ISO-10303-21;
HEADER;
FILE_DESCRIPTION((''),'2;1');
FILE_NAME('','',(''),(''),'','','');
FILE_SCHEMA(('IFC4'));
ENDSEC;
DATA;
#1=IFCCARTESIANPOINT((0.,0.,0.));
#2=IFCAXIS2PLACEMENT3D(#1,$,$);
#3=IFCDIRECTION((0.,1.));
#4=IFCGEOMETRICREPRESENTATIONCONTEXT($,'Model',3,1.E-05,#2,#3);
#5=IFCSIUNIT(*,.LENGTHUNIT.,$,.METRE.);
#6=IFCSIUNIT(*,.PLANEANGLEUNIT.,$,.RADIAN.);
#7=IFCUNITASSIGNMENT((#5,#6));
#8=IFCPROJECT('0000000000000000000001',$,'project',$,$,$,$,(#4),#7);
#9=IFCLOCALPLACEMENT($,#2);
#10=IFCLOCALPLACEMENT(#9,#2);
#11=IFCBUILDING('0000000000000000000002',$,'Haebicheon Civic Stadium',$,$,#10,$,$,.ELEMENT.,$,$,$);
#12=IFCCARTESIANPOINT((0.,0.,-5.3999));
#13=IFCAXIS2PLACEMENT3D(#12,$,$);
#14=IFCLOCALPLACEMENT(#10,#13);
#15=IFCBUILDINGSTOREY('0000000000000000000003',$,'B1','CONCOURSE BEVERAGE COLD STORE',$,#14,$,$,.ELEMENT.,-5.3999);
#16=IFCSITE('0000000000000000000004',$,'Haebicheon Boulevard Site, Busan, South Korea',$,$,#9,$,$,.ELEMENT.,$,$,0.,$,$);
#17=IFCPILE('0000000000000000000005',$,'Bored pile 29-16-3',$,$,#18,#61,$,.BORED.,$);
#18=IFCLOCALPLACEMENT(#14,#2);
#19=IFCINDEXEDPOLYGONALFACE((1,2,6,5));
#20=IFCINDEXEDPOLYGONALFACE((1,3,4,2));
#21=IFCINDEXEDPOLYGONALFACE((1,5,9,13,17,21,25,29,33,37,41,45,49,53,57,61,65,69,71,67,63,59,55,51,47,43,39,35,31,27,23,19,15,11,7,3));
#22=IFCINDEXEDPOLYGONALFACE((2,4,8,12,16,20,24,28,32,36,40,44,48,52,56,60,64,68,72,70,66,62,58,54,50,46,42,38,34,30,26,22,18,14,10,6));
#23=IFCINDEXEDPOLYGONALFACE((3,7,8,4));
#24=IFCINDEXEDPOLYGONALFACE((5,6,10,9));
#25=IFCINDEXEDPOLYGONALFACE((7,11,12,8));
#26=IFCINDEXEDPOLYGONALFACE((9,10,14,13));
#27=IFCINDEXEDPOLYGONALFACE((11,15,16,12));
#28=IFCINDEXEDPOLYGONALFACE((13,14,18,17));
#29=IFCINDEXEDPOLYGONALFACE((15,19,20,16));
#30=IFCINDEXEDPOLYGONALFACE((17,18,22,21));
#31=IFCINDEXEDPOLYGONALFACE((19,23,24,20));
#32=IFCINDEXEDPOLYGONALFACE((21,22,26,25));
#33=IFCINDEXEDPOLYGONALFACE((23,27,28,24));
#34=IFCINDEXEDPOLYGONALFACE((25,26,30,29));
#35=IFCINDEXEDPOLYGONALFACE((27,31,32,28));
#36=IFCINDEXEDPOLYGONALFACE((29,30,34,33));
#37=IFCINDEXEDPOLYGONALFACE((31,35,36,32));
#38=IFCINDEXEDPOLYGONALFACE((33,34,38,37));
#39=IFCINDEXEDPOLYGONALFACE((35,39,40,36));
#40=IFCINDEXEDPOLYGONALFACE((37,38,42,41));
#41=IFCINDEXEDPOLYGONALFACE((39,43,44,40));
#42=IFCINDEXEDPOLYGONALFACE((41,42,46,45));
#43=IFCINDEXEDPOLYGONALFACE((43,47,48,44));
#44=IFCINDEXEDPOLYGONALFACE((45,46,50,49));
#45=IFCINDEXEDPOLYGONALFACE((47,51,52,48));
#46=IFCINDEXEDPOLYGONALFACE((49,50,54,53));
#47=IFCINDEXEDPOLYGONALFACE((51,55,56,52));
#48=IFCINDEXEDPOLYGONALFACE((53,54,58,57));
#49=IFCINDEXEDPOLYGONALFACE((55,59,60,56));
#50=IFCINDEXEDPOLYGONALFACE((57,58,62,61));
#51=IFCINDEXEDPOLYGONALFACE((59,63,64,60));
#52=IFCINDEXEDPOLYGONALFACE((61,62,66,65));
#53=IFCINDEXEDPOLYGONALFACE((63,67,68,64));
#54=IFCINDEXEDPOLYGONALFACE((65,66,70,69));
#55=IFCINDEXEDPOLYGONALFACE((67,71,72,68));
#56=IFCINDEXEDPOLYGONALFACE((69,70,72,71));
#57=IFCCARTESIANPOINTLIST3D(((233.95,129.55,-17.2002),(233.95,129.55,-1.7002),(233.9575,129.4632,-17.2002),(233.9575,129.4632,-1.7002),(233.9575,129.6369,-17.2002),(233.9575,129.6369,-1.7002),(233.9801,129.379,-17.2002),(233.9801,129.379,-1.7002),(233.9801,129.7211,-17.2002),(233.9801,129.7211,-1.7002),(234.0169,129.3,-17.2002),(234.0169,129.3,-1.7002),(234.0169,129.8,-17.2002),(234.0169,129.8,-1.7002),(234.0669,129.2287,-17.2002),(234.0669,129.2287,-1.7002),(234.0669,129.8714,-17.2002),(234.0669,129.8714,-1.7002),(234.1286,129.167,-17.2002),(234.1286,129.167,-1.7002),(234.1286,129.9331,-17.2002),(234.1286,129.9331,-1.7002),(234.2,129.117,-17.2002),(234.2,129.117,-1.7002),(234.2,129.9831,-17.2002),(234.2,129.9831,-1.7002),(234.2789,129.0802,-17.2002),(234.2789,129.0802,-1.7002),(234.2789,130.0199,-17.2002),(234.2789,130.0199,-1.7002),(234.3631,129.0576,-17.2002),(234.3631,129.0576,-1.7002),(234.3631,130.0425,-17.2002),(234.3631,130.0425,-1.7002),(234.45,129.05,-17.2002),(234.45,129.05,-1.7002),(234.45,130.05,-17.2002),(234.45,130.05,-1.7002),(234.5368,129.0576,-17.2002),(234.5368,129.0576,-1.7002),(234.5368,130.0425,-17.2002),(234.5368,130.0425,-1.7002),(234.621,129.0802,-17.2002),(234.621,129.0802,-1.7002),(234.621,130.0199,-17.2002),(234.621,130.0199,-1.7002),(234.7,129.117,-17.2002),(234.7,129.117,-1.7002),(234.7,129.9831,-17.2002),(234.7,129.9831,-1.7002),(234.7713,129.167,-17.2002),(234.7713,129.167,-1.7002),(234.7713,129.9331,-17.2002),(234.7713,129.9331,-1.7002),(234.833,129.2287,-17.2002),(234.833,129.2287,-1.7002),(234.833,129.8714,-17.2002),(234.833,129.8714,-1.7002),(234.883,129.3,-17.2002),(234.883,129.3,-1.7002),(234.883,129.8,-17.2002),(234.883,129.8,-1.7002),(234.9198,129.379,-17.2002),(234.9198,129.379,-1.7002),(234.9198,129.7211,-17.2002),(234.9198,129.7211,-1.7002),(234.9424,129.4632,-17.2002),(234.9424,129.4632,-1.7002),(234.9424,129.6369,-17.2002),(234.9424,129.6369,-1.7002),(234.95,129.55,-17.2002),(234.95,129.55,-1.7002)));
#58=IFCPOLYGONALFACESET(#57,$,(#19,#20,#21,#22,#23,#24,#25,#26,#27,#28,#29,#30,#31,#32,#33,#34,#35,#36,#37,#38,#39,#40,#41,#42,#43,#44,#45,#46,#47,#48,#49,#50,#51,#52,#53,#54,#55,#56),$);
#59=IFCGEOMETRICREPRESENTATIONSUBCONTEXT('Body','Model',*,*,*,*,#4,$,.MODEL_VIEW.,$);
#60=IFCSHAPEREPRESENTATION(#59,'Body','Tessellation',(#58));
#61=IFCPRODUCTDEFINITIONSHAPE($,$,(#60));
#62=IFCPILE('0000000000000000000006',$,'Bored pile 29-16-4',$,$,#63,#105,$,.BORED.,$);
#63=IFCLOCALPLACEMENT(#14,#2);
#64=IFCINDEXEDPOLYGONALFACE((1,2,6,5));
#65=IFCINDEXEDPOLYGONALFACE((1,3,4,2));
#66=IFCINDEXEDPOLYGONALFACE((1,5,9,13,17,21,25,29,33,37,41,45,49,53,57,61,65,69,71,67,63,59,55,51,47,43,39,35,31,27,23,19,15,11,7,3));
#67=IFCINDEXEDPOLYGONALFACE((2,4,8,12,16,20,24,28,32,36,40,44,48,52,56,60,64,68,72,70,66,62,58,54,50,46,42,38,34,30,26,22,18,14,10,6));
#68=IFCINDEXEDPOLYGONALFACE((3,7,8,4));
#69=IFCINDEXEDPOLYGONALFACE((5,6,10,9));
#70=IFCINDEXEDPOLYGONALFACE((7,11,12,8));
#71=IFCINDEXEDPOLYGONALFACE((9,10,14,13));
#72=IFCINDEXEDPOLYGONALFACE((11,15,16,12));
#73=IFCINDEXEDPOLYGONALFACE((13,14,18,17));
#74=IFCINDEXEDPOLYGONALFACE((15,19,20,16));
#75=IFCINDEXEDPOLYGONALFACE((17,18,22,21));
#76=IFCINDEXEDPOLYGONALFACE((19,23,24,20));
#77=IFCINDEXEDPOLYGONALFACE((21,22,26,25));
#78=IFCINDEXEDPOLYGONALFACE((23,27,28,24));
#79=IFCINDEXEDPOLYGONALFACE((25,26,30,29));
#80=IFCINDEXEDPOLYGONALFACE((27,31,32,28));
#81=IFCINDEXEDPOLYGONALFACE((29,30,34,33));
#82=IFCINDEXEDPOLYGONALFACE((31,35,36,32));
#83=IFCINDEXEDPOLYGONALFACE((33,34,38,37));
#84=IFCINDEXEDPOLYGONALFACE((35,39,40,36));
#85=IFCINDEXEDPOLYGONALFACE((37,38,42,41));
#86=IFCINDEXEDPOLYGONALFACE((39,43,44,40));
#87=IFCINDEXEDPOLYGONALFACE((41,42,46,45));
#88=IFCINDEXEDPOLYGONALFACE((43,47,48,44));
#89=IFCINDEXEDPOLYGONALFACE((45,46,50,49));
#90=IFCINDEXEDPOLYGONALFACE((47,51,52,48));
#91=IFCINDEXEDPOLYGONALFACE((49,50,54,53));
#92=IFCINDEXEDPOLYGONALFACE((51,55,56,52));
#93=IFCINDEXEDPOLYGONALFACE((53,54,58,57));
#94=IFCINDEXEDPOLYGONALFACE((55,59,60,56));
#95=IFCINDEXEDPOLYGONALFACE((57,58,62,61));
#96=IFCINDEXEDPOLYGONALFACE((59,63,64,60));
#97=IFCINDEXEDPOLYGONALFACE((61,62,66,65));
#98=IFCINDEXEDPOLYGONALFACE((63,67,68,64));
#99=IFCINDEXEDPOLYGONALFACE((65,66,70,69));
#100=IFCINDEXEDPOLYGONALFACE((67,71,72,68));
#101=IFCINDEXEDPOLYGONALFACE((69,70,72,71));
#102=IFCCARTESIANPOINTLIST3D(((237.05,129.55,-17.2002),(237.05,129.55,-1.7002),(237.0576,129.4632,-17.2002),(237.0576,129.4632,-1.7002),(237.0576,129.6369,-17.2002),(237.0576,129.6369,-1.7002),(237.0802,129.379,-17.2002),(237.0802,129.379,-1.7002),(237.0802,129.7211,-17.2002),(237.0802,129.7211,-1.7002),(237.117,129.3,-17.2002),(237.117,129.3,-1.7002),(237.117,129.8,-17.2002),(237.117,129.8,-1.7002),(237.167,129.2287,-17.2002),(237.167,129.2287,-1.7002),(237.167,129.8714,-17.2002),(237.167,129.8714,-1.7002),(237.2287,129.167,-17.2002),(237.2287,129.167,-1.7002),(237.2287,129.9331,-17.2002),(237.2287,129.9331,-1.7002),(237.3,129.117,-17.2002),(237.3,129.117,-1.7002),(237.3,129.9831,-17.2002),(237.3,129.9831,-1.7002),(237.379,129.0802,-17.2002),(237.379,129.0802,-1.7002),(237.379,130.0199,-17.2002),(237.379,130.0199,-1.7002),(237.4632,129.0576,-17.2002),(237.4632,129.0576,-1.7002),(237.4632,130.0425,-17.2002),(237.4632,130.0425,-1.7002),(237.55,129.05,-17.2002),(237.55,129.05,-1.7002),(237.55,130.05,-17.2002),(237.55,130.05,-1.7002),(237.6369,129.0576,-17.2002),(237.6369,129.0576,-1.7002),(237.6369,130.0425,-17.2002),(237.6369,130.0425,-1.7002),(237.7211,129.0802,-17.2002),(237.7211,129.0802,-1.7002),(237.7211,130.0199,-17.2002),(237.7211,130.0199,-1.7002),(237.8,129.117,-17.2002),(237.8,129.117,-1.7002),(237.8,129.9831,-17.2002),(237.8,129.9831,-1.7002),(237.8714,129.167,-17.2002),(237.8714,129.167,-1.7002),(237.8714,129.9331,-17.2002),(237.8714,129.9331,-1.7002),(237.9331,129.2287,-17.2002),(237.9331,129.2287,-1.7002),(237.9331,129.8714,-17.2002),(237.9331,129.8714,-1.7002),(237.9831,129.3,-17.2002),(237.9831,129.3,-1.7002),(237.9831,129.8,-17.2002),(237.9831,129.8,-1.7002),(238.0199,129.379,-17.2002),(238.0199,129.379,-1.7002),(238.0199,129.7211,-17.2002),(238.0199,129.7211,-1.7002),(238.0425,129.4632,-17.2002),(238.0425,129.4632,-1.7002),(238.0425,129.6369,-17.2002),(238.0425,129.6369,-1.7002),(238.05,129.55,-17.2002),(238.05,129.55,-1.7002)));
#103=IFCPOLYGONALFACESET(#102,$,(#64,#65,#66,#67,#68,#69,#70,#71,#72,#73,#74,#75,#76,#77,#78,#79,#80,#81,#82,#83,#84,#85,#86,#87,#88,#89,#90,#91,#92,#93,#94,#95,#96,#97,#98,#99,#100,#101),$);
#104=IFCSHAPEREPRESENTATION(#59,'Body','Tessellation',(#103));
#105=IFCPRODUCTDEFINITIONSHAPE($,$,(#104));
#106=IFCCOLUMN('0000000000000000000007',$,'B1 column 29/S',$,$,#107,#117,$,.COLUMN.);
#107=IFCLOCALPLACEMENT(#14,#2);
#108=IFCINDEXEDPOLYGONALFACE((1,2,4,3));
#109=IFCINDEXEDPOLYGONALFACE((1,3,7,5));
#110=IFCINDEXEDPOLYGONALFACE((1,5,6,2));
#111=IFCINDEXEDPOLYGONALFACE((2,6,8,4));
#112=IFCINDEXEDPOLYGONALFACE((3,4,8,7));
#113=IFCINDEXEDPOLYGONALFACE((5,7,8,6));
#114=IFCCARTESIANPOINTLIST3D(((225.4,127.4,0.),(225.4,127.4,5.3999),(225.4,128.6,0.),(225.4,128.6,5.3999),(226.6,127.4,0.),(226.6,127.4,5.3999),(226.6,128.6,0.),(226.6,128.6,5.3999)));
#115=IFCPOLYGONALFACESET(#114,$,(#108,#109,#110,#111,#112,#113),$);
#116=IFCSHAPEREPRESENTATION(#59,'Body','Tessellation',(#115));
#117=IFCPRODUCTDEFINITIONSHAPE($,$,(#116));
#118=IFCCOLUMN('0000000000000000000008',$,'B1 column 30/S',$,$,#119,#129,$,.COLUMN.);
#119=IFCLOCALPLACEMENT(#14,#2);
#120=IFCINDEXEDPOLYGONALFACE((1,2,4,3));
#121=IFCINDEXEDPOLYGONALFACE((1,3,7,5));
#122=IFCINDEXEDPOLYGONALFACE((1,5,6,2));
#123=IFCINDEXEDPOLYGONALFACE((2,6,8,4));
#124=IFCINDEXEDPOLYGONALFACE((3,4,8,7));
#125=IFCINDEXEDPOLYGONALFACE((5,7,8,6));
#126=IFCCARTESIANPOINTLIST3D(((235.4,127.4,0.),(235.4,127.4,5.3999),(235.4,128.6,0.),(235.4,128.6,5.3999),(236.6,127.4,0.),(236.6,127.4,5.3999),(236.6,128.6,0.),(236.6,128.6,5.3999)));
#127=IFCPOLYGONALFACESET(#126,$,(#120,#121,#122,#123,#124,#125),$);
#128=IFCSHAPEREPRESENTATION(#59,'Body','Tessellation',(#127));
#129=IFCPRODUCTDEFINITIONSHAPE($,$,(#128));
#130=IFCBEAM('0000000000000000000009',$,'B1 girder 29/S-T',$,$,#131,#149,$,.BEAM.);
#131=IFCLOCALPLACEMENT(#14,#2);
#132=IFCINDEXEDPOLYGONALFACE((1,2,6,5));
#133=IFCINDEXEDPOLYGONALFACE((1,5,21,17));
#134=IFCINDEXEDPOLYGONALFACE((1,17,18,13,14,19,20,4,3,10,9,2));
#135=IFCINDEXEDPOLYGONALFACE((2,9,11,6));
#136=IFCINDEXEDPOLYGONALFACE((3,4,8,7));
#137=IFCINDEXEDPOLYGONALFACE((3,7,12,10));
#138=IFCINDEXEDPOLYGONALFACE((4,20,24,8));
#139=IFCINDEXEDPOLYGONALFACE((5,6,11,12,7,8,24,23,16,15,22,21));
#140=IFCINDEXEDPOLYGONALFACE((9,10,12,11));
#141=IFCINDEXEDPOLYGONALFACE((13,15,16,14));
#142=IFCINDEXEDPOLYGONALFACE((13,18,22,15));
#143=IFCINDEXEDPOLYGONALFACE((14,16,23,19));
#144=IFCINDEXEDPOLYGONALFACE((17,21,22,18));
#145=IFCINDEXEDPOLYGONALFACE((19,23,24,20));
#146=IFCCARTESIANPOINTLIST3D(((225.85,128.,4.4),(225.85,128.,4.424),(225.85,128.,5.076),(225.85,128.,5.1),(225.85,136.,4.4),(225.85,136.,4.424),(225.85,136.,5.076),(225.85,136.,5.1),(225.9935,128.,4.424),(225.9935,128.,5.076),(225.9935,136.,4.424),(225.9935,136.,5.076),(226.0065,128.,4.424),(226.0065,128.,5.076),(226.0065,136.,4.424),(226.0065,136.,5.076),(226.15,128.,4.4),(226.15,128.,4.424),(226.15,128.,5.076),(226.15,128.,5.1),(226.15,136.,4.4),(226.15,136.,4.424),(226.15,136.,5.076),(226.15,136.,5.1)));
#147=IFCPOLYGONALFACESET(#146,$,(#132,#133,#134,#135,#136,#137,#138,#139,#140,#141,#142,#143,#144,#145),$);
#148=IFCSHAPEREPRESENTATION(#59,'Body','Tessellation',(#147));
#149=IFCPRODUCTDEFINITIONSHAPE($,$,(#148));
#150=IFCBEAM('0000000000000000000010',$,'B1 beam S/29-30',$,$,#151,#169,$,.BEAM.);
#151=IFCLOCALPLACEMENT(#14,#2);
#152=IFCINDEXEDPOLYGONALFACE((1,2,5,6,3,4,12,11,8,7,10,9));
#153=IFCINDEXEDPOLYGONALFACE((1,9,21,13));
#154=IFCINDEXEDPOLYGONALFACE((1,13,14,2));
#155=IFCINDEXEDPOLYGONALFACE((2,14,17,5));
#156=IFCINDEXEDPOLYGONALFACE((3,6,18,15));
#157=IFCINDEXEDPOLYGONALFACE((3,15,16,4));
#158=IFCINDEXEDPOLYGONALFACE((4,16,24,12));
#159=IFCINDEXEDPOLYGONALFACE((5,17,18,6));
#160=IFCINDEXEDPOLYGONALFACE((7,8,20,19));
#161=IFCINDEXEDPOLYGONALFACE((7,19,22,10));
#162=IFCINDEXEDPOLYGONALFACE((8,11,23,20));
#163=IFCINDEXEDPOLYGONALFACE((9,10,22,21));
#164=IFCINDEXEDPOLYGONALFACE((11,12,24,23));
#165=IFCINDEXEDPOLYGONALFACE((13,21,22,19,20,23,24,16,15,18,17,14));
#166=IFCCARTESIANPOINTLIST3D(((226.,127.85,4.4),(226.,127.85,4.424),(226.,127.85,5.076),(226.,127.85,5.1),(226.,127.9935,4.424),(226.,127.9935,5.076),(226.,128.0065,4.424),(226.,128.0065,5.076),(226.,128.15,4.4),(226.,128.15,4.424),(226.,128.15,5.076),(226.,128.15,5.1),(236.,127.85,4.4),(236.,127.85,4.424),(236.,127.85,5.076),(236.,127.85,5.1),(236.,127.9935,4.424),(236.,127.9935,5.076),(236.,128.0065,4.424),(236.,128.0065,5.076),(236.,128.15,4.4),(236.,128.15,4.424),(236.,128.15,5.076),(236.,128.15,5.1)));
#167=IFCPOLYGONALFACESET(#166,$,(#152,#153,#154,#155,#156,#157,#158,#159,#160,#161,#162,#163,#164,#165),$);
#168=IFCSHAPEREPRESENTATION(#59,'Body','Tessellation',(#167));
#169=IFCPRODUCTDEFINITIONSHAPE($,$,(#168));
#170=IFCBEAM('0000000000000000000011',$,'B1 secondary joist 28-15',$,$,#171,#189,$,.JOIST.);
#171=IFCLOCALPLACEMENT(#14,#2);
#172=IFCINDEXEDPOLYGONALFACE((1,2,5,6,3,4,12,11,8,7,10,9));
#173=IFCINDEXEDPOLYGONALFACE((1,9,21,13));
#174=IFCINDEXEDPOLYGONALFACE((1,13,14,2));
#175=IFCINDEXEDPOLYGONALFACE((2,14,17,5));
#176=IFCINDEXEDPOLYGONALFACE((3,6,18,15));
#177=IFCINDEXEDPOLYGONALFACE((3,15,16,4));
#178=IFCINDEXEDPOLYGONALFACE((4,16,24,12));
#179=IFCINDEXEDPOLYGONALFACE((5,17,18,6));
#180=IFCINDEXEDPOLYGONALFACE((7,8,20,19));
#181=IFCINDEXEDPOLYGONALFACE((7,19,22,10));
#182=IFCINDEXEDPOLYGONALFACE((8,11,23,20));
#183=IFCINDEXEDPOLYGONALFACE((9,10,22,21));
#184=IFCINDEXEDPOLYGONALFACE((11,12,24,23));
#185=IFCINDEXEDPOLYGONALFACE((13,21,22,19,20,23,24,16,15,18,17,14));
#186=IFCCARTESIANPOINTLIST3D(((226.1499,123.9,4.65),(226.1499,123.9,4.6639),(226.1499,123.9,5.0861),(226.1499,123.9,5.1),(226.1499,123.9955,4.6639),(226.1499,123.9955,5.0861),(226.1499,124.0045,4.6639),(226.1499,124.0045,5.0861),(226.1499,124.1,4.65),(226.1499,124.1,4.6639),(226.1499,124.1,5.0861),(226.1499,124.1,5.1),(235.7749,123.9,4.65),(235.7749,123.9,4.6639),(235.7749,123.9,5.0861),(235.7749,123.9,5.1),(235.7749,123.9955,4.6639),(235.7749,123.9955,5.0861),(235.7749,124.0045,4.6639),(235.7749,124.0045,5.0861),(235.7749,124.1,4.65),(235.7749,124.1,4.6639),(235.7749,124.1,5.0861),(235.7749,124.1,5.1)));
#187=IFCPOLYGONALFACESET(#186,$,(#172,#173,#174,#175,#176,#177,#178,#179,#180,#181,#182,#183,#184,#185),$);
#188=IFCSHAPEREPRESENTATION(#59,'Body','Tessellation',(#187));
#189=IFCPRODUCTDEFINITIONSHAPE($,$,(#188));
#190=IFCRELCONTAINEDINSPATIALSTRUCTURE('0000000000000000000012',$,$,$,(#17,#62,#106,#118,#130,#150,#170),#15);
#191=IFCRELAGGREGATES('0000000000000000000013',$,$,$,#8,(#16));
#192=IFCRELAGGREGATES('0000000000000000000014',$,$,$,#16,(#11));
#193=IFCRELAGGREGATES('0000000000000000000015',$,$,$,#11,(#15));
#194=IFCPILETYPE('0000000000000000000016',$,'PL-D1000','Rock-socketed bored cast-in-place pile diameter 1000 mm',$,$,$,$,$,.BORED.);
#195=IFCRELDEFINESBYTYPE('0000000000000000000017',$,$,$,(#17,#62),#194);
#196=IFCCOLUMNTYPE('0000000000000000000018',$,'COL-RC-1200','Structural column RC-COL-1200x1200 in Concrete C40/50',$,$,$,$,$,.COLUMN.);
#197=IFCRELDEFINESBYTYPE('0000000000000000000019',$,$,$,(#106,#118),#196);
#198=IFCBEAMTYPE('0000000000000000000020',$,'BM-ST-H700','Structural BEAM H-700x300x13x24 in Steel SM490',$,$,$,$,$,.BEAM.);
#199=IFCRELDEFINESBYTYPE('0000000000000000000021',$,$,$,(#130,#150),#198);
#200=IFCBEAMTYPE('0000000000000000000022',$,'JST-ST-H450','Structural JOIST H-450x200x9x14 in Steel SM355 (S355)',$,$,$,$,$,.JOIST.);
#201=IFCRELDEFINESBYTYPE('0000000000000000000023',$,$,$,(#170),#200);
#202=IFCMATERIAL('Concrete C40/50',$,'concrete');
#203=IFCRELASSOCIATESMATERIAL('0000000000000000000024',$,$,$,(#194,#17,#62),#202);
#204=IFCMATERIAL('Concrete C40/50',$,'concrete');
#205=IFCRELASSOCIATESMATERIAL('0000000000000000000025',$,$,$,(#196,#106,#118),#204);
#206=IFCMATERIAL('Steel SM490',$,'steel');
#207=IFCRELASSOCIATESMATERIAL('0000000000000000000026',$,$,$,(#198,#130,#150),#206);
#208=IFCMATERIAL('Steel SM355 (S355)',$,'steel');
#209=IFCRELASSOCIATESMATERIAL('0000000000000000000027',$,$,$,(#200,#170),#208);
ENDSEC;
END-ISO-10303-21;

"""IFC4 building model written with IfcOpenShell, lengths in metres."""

from ifc_helpers import new_model, si_unit, direction, frame, origin, origin_2d, place, context, subcontext, project, spatial, rectangle, circle, i_section, extrude, material, material_profile, profile_set, type_object, element, save


model = new_model("IFC4")

# Units and contexts
model_context = context("Model", 3, precision=1e-05, world=origin(), true_north=direction((0.0, 1.0)))
body_context = subcontext(model_context, "Body", "Model", "MODEL_VIEW")
ifc_project = project(units=[si_unit("LENGTHUNIT", "METRE"), si_unit("PLANEANGLEUNIT", "RADIAN")], contexts=[model_context])

# Site, building, storey
site_placement = place(None, origin())
site = spatial("IfcSite", under=ifc_project, at=site_placement, Name="Haebicheon Boulevard Site, Busan, South Korea", CompositionType="ELEMENT", RefElevation=0.0)
building_placement = place(site_placement, origin())
building = spatial("IfcBuilding", under=site, at=building_placement, Name="Haebicheon Civic Stadium", CompositionType="ELEMENT")
storey_placement = place(building_placement, frame((0.0, 0.0, -5.3999)))
storey = spatial("IfcBuildingStorey", under=building, at=storey_placement, Name="B1", Description="CONCOURSE BEVERAGE COLD STORE", CompositionType="ELEMENT", Elevation=-5.3999)

# Piles
ifc_material_1 = material(Name="Concrete C40/50", Category="concrete")
ifc_material_profile_1 = material_profile(ifc_material_1, circle(Radius=0.5, at=origin_2d()), Name="PILE-D1000")
ifc_profile_set_1 = profile_set([ifc_material_profile_1], Name="Concrete C40/50")
pile_type = type_object("IfcPileType", Name="PL-D1000", Description="Rock-socketed bored cast-in-place pile diameter 1000 mm", PredefinedType="BORED", material=ifc_profile_set_1)
for number, where, z_axis, x_axis, name in (
    (1, (234.45, 129.55, -1.7002), (0.0, 0.0, -1.0), (1.0, 0.0, 0.0), "Bored pile 29-16-3"),
    (2, (237.55, 129.55, -1.7002), (0.0, 0.0, -1.0), (1.0, 0.0, 0.0), "Bored pile 29-16-4"),
):
    element("IfcPile", number, at=place(storey_placement, frame(where, z_axis=z_axis, x_axis=x_axis)), inside=storey, type_object=pile_type, material=ifc_profile_set_1, Name=name, PredefinedType="BORED", context=body_context, shape_type="SweptSolid", body=[
        extrude(circle(Radius=0.5, at=origin_2d()), origin(), (0.0, 0.0, 1.0), 15.5),
    ])

# Columns
ifc_material_2 = material(Name="Concrete C40/50", Category="concrete")
ifc_material_profile_2 = material_profile(ifc_material_2, rectangle(XDim=1.2, YDim=1.2, at=origin_2d()), Name="RC-COL-1200x1200")
ifc_profile_set_2 = profile_set([ifc_material_profile_2], Name="Concrete C40/50")
column_type = type_object("IfcColumnType", Name="COL-RC-1200", Description="Structural column RC-COL-1200x1200 in Concrete C40/50", PredefinedType="COLUMN", material=ifc_profile_set_2)
for number, where, z_axis, x_axis, name in (
    (3, (226.0, 128.0, 0.0), (0.0, 0.0, 1.0), (1.0, 0.0, 0.0), "B1 column 29/S"),
    (4, (236.0, 128.0, 0.0), (0.0, 0.0, 1.0), (1.0, 0.0, 0.0), "B1 column 30/S"),
):
    element("IfcColumn", number, at=place(storey_placement, frame(where, z_axis=z_axis, x_axis=x_axis)), inside=storey, type_object=column_type, material=ifc_profile_set_2, Name=name, PredefinedType="COLUMN", context=body_context, shape_type="SweptSolid", body=[
        extrude(rectangle(XDim=1.2, YDim=1.2, at=origin_2d()), origin(), (0.0, 0.0, 1.0), 5.3999),
    ])

# Beams
ifc_material_3 = material(Name="Steel SM490", Category="steel")
ifc_material_profile_3 = material_profile(ifc_material_3, i_section(OverallWidth=0.3, OverallDepth=0.7, WebThickness=0.0129, FlangeThickness=0.0239, at=origin_2d()), Name="H-700x300x13x24")
ifc_profile_set_3 = profile_set([ifc_material_profile_3], Name="Steel SM490")
beam_type_1 = type_object("IfcBeamType", Name="BM-ST-H700", Description="Structural BEAM H-700x300x13x24 in Steel SM490", PredefinedType="BEAM", material=ifc_profile_set_3)
beam_1_placement = place(storey_placement, frame((226.0, 128.0, 4.75), z_axis=(0.0, 1.0, 0.0), x_axis=(-1.0, 0.0, 0.0)))
element("IfcBeam", 5, at=beam_1_placement, inside=storey, type_object=beam_type_1, material=ifc_profile_set_3, Name="B1 girder 29/S-T", PredefinedType="BEAM", context=body_context, shape_type="SweptSolid", body=[
    extrude(i_section(OverallWidth=0.3, OverallDepth=0.7, WebThickness=0.0129, FlangeThickness=0.0239, at=origin_2d()), origin(), (0.0, 0.0, 1.0), 8.0),
])
beam_2_placement = place(storey_placement, frame((226.0, 128.0, 4.75), z_axis=(1.0, 0.0, 0.0), x_axis=(0.0, 1.0, 0.0)))
element("IfcBeam", 6, at=beam_2_placement, inside=storey, type_object=beam_type_1, material=ifc_profile_set_3, Name="B1 beam S/29-30", PredefinedType="BEAM", context=body_context, shape_type="SweptSolid", body=[
    extrude(i_section(OverallWidth=0.3, OverallDepth=0.7, WebThickness=0.0129, FlangeThickness=0.0239, at=origin_2d()), origin(), (0.0, 0.0, 1.0), 10.0),
])
ifc_material_4 = material(Name="Steel SM355 (S355)", Category="steel")
ifc_material_profile_4 = material_profile(ifc_material_4, i_section(OverallWidth=0.2, OverallDepth=0.45, WebThickness=0.009, FlangeThickness=0.0139, at=origin_2d()), Name="H-450x200x9x14")
ifc_profile_set_4 = profile_set([ifc_material_profile_4], Name="Steel SM355 (S355)")
beam_type_2 = type_object("IfcBeamType", Name="JST-ST-H450", Description="Structural JOIST H-450x200x9x14 in Steel SM355 (S355)", PredefinedType="JOIST", material=ifc_profile_set_4)
for number, where, z_axis, x_axis, name in (
    (7, (226.1499, 124.0, 4.875), (1.0, 0.0, 0.0), (0.0, 1.0, 0.0), "B1 secondary joist 28-15"),
):
    element("IfcBeam", number, at=place(storey_placement, frame(where, z_axis=z_axis, x_axis=x_axis)), inside=storey, type_object=beam_type_2, material=ifc_profile_set_4, Name=name, PredefinedType="JOIST", context=body_context, shape_type="SweptSolid", body=[
        extrude(i_section(OverallWidth=0.2, OverallDepth=0.45, WebThickness=0.009, FlangeThickness=0.0139, at=origin_2d()), origin(), (0.0, 0.0, 1.0), 9.625),
    ])

save(model, "model.ifc")
